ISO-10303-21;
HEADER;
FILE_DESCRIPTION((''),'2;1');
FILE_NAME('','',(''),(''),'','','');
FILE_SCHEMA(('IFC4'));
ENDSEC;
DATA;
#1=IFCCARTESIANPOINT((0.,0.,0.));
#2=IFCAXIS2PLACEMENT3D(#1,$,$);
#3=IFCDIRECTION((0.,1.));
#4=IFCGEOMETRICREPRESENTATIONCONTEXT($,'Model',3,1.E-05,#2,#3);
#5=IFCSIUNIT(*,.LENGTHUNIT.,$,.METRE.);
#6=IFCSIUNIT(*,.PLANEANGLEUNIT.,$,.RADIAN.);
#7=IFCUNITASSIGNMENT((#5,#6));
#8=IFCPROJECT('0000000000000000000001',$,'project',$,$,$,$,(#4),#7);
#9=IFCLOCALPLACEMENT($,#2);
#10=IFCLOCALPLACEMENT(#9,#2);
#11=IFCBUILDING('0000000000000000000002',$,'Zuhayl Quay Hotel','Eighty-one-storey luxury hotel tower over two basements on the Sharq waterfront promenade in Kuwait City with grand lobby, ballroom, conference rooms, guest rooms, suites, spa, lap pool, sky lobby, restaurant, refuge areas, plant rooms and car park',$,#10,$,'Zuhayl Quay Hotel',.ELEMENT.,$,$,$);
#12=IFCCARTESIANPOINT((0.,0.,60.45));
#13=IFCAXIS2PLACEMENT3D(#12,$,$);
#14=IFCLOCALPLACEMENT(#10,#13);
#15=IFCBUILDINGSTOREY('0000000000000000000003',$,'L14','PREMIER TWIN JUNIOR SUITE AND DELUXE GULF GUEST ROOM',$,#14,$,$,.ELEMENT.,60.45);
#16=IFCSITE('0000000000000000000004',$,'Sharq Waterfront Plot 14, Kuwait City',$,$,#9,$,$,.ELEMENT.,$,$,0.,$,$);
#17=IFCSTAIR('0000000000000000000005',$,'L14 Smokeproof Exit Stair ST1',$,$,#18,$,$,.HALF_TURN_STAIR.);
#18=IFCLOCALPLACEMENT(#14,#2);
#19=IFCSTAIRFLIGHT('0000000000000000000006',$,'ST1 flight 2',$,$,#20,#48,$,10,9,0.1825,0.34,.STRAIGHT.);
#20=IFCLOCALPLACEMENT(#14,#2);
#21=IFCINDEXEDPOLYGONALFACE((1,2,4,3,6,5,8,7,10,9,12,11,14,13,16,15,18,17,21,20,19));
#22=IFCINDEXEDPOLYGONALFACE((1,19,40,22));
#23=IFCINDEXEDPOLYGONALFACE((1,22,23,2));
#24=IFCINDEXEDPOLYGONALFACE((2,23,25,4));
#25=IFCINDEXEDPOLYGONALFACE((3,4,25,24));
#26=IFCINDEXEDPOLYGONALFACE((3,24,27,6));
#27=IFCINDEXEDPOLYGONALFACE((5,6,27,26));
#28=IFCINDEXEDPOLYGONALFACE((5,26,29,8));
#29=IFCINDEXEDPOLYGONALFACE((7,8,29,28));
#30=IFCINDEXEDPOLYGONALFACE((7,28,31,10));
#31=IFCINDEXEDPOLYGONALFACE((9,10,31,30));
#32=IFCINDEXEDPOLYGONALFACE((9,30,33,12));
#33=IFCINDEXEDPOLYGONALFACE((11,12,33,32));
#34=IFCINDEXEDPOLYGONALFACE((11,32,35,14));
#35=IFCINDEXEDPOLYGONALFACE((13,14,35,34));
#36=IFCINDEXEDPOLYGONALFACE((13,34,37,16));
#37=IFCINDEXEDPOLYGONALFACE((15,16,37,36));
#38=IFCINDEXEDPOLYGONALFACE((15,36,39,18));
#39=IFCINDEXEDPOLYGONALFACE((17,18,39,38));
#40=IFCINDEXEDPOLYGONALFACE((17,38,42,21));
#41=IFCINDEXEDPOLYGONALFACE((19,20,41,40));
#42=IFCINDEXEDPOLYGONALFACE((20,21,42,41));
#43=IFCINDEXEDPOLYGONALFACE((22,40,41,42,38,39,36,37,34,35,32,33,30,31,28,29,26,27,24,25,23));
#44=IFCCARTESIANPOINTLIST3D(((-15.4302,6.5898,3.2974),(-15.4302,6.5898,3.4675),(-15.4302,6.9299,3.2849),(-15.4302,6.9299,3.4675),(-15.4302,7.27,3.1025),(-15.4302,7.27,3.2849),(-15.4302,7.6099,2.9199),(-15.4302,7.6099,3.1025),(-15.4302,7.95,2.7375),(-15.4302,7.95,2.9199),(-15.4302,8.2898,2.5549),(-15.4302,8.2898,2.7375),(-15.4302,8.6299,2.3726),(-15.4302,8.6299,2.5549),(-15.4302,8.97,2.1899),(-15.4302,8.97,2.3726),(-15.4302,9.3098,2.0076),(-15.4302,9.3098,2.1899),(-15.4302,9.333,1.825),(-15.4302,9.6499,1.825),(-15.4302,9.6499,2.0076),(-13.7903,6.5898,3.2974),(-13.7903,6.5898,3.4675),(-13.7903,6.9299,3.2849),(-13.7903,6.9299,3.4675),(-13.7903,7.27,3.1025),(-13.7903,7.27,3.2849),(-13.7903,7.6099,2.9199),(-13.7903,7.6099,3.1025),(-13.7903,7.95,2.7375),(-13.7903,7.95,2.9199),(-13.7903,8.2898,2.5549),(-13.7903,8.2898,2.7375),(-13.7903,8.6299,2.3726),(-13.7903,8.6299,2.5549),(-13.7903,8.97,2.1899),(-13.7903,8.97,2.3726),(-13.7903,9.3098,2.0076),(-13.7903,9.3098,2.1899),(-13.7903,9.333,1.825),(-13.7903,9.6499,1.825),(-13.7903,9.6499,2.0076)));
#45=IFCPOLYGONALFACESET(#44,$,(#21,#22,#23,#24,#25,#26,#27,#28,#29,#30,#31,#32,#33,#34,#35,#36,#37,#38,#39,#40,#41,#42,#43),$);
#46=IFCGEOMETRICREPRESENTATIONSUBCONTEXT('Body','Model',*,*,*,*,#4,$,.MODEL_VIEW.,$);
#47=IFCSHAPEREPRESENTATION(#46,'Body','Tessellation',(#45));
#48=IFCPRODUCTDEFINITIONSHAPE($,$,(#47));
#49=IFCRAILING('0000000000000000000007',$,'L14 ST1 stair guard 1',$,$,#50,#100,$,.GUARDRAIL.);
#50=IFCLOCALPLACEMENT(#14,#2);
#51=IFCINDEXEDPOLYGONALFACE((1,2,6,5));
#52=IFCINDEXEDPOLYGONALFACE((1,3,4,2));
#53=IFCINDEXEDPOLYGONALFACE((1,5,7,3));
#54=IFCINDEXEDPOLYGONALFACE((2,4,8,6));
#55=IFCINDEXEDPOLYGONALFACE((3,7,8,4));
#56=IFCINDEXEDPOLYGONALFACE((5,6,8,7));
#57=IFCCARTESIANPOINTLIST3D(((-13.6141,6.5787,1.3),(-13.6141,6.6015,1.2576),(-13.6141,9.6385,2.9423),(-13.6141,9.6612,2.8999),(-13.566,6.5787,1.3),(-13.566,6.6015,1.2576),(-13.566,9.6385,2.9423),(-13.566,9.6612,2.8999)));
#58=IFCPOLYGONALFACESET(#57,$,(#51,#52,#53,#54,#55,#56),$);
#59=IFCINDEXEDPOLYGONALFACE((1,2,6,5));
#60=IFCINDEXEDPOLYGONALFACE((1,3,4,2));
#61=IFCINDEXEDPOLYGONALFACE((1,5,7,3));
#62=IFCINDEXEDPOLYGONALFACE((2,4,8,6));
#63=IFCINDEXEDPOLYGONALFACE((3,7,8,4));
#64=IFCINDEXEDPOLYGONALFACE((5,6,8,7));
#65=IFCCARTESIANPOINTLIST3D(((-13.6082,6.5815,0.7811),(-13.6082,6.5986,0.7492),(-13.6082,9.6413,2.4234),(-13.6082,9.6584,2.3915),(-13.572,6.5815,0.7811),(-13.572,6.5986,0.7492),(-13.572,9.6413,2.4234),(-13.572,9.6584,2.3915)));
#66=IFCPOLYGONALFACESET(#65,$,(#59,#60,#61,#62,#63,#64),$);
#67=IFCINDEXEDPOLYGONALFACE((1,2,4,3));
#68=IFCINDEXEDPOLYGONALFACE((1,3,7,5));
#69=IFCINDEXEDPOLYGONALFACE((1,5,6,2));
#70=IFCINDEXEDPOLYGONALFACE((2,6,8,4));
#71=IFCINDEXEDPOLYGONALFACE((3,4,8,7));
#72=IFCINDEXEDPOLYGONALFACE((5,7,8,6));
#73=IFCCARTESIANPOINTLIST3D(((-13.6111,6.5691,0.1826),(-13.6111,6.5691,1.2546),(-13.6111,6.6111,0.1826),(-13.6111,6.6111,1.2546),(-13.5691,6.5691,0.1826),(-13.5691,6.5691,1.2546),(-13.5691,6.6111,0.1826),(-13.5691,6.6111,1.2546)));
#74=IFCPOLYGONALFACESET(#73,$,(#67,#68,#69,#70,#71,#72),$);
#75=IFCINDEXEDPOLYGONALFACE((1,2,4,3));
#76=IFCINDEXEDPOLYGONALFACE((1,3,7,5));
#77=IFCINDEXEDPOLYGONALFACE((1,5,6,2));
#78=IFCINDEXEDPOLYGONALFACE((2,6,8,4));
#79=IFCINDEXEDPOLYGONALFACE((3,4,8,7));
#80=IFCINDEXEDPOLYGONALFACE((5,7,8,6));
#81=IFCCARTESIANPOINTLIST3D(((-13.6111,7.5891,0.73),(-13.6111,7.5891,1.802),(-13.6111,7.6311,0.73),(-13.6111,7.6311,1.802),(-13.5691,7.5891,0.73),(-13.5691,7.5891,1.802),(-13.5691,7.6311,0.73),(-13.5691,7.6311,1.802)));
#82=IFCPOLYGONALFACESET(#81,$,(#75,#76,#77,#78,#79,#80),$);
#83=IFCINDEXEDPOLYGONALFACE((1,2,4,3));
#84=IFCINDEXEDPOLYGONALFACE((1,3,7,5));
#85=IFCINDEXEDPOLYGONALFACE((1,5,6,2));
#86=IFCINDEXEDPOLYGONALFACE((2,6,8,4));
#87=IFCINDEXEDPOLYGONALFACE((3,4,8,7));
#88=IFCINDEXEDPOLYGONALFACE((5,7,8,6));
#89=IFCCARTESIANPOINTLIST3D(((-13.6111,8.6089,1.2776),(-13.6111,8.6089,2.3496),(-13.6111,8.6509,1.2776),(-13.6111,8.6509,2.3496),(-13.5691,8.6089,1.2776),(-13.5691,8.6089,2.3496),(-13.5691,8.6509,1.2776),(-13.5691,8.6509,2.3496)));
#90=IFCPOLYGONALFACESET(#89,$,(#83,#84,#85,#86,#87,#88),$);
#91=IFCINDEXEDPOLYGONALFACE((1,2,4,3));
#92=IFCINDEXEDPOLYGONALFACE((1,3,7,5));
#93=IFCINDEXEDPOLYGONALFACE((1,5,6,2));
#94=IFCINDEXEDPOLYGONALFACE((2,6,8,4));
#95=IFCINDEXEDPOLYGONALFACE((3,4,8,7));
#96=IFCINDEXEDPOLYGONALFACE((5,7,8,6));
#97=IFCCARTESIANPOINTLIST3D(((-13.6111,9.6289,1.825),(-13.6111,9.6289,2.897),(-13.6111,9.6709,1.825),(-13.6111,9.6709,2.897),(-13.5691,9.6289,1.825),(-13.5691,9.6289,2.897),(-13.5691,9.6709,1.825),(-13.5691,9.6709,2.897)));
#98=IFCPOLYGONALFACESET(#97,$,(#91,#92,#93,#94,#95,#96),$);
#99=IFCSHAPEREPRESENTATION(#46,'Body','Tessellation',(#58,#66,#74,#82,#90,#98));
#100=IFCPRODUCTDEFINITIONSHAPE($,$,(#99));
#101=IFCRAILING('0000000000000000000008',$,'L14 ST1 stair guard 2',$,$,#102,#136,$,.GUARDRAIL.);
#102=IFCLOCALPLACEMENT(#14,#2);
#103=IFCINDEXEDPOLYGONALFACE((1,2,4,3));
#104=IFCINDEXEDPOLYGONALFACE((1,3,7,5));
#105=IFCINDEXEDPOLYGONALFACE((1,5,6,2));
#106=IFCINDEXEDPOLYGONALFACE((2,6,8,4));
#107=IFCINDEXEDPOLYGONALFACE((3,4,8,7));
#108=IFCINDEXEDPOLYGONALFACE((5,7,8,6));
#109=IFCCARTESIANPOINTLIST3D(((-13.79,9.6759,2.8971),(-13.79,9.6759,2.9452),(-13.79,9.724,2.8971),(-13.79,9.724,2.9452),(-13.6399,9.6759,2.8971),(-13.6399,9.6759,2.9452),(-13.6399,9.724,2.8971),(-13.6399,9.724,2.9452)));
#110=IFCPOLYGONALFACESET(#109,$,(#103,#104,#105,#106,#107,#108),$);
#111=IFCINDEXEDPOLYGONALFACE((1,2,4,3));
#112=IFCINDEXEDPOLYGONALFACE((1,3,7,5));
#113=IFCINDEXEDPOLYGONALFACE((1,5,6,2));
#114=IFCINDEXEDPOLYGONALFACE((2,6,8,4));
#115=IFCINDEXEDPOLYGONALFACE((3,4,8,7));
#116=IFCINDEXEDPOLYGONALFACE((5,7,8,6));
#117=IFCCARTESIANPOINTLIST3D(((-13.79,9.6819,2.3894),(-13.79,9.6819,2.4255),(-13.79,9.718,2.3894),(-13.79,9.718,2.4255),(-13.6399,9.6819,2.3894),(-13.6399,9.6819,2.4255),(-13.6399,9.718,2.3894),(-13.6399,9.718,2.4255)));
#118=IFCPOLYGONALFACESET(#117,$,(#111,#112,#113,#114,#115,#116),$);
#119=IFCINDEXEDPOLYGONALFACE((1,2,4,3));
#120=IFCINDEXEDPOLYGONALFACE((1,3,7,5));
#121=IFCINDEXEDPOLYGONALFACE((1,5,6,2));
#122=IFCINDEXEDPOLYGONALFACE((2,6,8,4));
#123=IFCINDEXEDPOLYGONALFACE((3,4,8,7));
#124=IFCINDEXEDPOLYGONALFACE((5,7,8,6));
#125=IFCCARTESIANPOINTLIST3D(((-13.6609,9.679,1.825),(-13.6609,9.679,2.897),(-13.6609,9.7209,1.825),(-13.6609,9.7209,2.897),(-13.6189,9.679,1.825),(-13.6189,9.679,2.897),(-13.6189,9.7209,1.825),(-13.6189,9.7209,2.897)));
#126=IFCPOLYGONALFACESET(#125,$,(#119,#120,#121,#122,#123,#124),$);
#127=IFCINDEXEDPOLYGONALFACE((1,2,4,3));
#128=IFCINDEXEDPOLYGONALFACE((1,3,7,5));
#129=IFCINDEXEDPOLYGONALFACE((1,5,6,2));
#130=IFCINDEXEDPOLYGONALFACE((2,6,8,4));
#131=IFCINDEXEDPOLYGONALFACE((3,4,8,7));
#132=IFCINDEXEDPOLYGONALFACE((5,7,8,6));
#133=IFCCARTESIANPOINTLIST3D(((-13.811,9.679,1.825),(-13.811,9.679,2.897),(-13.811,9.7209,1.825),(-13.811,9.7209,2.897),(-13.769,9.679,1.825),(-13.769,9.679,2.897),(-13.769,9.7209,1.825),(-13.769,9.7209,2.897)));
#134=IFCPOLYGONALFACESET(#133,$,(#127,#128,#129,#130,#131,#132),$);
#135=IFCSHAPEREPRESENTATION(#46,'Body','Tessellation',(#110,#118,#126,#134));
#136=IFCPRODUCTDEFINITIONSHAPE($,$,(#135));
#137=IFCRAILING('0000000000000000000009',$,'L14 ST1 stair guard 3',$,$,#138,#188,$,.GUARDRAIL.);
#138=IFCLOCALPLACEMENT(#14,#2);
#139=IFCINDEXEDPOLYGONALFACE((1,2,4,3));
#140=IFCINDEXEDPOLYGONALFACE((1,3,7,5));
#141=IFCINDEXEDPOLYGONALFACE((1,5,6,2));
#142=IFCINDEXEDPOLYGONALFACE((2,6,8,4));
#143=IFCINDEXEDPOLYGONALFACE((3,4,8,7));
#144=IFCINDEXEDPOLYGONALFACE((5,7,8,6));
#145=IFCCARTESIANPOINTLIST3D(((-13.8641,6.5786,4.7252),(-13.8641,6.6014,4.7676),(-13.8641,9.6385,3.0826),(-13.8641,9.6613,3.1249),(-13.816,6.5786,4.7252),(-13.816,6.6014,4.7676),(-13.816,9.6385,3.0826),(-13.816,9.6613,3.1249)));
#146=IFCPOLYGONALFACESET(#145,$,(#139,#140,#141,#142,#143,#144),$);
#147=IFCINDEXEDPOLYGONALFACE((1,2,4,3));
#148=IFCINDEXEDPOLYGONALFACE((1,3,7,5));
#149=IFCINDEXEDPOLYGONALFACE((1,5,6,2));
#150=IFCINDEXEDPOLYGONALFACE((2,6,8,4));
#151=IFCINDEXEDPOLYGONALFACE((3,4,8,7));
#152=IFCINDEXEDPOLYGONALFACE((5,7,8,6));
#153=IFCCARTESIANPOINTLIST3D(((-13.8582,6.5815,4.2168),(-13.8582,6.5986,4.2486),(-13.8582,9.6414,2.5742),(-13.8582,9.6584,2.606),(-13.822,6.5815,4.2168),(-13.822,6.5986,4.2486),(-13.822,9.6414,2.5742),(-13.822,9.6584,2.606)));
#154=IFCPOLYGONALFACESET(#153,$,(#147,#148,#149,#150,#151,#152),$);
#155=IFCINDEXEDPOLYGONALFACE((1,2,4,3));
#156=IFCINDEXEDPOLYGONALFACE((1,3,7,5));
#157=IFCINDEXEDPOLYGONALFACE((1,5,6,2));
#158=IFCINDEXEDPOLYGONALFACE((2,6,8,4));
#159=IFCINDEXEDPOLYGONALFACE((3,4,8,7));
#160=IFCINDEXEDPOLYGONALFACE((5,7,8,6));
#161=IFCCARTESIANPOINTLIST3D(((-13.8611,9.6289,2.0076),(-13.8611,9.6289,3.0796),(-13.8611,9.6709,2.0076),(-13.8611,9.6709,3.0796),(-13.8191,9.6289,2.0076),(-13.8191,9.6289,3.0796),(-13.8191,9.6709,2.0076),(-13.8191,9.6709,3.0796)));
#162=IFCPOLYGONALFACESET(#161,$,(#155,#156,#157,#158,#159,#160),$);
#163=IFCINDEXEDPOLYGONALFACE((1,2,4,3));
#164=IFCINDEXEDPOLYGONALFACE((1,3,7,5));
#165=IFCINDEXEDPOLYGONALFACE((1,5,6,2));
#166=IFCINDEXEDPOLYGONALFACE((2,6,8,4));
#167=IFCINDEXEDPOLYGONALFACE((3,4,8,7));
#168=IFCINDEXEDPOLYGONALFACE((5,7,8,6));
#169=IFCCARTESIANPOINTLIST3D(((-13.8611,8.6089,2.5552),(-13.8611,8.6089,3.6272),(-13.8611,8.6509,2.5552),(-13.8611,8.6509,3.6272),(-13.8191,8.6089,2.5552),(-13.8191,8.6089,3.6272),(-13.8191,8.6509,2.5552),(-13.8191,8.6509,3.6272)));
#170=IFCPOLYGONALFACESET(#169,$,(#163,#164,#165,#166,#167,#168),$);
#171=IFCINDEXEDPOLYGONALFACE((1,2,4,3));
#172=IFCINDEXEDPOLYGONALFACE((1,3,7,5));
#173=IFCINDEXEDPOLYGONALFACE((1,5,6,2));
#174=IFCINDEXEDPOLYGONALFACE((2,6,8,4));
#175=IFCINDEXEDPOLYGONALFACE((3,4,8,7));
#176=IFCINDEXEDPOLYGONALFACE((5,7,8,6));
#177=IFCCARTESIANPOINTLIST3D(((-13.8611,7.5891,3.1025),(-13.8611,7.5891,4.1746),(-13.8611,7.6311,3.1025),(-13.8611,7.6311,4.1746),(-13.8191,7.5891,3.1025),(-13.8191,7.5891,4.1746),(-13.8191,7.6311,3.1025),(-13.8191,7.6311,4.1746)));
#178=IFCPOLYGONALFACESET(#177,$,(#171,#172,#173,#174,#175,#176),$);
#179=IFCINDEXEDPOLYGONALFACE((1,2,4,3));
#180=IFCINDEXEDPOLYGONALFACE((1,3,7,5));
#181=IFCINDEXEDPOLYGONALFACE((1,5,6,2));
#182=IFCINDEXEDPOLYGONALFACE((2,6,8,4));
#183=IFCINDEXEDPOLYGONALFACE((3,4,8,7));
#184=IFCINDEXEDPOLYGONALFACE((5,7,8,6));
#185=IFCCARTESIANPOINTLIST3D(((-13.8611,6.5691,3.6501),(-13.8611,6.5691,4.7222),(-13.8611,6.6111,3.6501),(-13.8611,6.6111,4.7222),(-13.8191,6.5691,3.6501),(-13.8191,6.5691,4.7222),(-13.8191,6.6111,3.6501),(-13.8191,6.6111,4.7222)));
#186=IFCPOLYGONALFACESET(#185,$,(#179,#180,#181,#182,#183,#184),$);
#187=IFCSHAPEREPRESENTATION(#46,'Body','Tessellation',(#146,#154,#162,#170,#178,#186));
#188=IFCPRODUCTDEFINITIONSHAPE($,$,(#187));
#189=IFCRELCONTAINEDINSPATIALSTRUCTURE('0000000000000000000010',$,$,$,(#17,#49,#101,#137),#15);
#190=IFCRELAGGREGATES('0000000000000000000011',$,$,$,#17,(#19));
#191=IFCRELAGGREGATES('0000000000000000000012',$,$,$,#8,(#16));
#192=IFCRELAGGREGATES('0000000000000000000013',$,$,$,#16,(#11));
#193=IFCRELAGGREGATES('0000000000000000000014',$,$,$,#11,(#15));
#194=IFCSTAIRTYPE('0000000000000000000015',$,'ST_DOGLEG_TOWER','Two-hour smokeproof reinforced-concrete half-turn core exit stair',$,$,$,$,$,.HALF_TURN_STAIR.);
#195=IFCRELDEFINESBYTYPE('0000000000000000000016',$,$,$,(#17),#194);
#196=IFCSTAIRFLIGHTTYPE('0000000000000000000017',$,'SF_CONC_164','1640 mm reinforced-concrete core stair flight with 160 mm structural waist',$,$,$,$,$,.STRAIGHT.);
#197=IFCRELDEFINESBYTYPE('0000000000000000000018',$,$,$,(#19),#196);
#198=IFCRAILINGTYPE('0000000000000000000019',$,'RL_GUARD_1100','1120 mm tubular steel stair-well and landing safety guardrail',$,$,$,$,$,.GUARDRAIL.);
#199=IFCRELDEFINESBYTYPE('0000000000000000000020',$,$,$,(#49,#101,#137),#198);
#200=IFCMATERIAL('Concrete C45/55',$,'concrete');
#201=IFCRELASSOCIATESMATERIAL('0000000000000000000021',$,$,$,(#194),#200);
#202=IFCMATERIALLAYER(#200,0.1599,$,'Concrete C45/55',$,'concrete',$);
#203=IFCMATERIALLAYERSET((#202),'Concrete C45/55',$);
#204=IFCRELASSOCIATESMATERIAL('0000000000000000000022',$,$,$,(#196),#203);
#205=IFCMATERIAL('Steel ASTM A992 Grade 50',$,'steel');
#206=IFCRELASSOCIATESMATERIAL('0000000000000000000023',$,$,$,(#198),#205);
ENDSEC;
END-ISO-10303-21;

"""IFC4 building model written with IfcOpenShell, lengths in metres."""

from ifc_helpers import new_model, si_unit, direction, frame, origin, origin_2d, place, context, subcontext, project, spatial, polyline, rectangle, outline, extrude, material, layer, layer_set, type_object, element, aggregate, save


model = new_model("IFC4")

# Units and contexts
model_context = context("Model", 3, precision=1e-05, world=origin(), true_north=direction((0.0, 1.0)))
body_context = subcontext(model_context, "Body", "Model", "MODEL_VIEW")
ifc_project = project(units=[si_unit("LENGTHUNIT", "METRE"), si_unit("PLANEANGLEUNIT", "RADIAN")], contexts=[model_context])

# Site, building, storey
site_placement = place(None, origin())
site = spatial("IfcSite", under=ifc_project, at=site_placement, Name="Sharq Waterfront Plot 14, Kuwait City", CompositionType="ELEMENT", RefElevation=0.0)
building_placement = place(site_placement, origin())
building = spatial("IfcBuilding", under=site, at=building_placement, Name="Zuhayl Quay Hotel", Description="Eighty-one-storey luxury hotel tower over two basements on the Sharq waterfront promenade in Kuwait City with grand lobby, ballroom, conference rooms, guest rooms, suites, spa, lap pool, sky lobby, restaurant, refuge areas, plant rooms and car park", LongName="Zuhayl Quay Hotel", CompositionType="ELEMENT")
storey_placement = place(building_placement, frame((0.0, 0.0, 60.45)))
storey = spatial("IfcBuildingStorey", under=building, at=storey_placement, Name="L14", Description="PREMIER TWIN JUNIOR SUITE AND DELUXE GULF GUEST ROOM", CompositionType="ELEMENT", Elevation=60.45)

# Shared definitions
ifc_material_1 = material(Name="Steel ASTM A992 Grade 50", Category="steel")

# Stair, stair flight
ifc_material_2 = material(Name="Concrete C45/55", Category="concrete")
stair_type = type_object("IfcStairType", Name="ST_DOGLEG_TOWER", Description="Two-hour smokeproof reinforced-concrete half-turn core exit stair", PredefinedType="HALF_TURN_STAIR", material=ifc_material_2)
stair_placement = place(storey_placement, origin())
stair = element("IfcStair", 1, at=stair_placement, inside=storey, type_object=stair_type, Name="L14 Smokeproof Exit Stair ST1", PredefinedType="HALF_TURN_STAIR")
ifc_layer_1 = layer(ifc_material_2, 0.1599, Name="Concrete C45/55", Category="concrete")
ifc_layer_set_1 = layer_set([ifc_layer_1], Name="Concrete C45/55")
stair_flight_type = type_object("IfcStairFlightType", Name="SF_CONC_164", Description="1640 mm reinforced-concrete core stair flight with 160 mm structural waist", PredefinedType="STRAIGHT", material=ifc_layer_set_1)
stair_flight_placement = place(storey_placement, frame((-14.6101, 9.6499, 1.825), z_axis=(0.0, 0.0, 1.0), x_axis=(0.0, -1.0, 0.0)))
stair_flight = element("IfcStairFlight", 2, at=stair_flight_placement, type_object=stair_flight_type, Name="ST1 flight 2", NumberOfRisers=10, NumberOfTreads=9, PredefinedType="STRAIGHT", RiserHeight=0.1825, TreadLength=0.34, context=body_context, shape_type="SweptSolid", body=[
    extrude(outline(polyline([(0.0, 0.0), (0.0, 0.1826), (0.3401, 0.1826), (0.3401, 0.365), (0.6799, 0.365), (0.6799, 0.5476), (1.02, 0.5476), (1.02, 0.73), (1.3601, 0.73), (1.3601, 0.9126), (1.7, 0.9126), (1.7, 1.095), (2.04, 1.095), (2.04, 1.2776), (2.3799, 1.2776), (2.3799, 1.46), (2.72, 1.46), (2.72, 1.6426), (3.0601, 1.6426), (3.0601, 1.825), (3.0601, 1.4724), (0.3169, 0.0), (0.0, 0.0)])), frame((0.0, 0.8198, 0.0), z_axis=(0.0, -1.0, 0.0), x_axis=(1.0, 0.0, 0.0)), (0.0, 0.0, 1.0), 1.6399),
])
aggregate(stair, [stair_flight])

# Railings
railing_type_1 = type_object("IfcRailingType", Name="RL_GUARD_1100", Description="1120 mm tubular steel stair-well and landing safety guardrail", PredefinedType="GUARDRAIL", material=ifc_material_1)
railing_1_placement = place(storey_placement, frame((-13.5901, 6.5901, 0.1826)))
element("IfcRailing", 3, at=railing_1_placement, inside=storey, type_object=railing_type_1, Name="L14 ST1 stair guard 1", PredefinedType="GUARDRAIL", context=body_context, shape_type="SweptSolid", body=[
    extrude(rectangle(XDim=0.0481, YDim=0.0481, at=origin_2d()), frame((0.0, 0.0, 1.0962), z_axis=(0.0, 0.881102, 0.472926), x_axis=(-1.0, 0.0, 0.0)), (0.0, 0.0, 1.0), 3.4727),
    extrude(rectangle(XDim=0.0361, YDim=0.0361, at=origin_2d()), frame((0.0, 0.0, 0.5825), z_axis=(0.0, 0.881102, 0.472926), x_axis=(-1.0, 0.0, 0.0)), (0.0, 0.0, 1.0), 3.4727),
    extrude(rectangle(XDim=0.042, YDim=0.042, at=origin_2d()), origin(), (0.0, 0.0, 1.0), 1.072),
    extrude(rectangle(XDim=0.042, YDim=0.042, at=origin_2d()), frame((0.0, 1.02, 0.5474)), (0.0, 0.0, 1.0), 1.072),
    extrude(rectangle(XDim=0.042, YDim=0.042, at=origin_2d()), frame((0.0, 2.0398, 1.095)), (0.0, 0.0, 1.0), 1.072),
    extrude(rectangle(XDim=0.042, YDim=0.042, at=origin_2d()), frame((0.0, 3.0598, 1.6423)), (0.0, 0.0, 1.0), 1.072),
])
railing_2_placement = place(storey_placement, frame((-13.6399, 9.7, 1.825)))
element("IfcRailing", 4, at=railing_2_placement, inside=storey, type_object=railing_type_1, Name="L14 ST1 stair guard 2", PredefinedType="GUARDRAIL", context=body_context, shape_type="SweptSolid", body=[
    extrude(rectangle(XDim=0.0481, YDim=0.0481, at=origin_2d()), frame((0.0, 0.0, 1.0962), z_axis=(-1.0, 0.0, 0.0), x_axis=(0.0, -1.0, 0.0)), (0.0, 0.0, 1.0), 0.1501),
    extrude(rectangle(XDim=0.0361, YDim=0.0361, at=origin_2d()), frame((0.0, 0.0, 0.5825), z_axis=(-1.0, 0.0, 0.0), x_axis=(0.0, -1.0, 0.0)), (0.0, 0.0, 1.0), 0.1501),
    extrude(rectangle(XDim=0.042, YDim=0.042, at=origin_2d()), origin(), (0.0, 0.0, 1.0), 1.072),
    extrude(rectangle(XDim=0.042, YDim=0.042, at=origin_2d()), frame((-0.1501, 0.0, 0.0)), (0.0, 0.0, 1.0), 1.072),
])
railing_3_placement = place(storey_placement, frame((-13.8401, 9.6499, 2.0076)))
element("IfcRailing", 5, at=railing_3_placement, inside=storey, type_object=railing_type_1, Name="L14 ST1 stair guard 3", PredefinedType="GUARDRAIL", context=body_context, shape_type="SweptSolid", body=[
    extrude(rectangle(XDim=0.0481, YDim=0.0481, at=origin_2d()), frame((0.0, 0.0, 1.0962), z_axis=(0.0, -0.881073, 0.47298), x_axis=(1.0, 0.0, 0.0)), (0.0, 0.0, 1.0), 3.4729),
    extrude(rectangle(XDim=0.0361, YDim=0.0361, at=origin_2d()), frame((0.0, 0.0, 0.5825), z_axis=(0.0, -0.881073, 0.47298), x_axis=(1.0, 0.0, 0.0)), (0.0, 0.0, 1.0), 3.4729),
    extrude(rectangle(XDim=0.042, YDim=0.042, at=origin_2d()), origin(), (0.0, 0.0, 1.0), 1.072),
    extrude(rectangle(XDim=0.042, YDim=0.042, at=origin_2d()), frame((0.0, -1.02, 0.5476)), (0.0, 0.0, 1.0), 1.072),
    extrude(rectangle(XDim=0.042, YDim=0.042, at=origin_2d()), frame((0.0, -2.0398, 1.095)), (0.0, 0.0, 1.0), 1.072),
    extrude(rectangle(XDim=0.042, YDim=0.042, at=origin_2d()), frame((0.0, -3.0598, 1.6426)), (0.0, 0.0, 1.0), 1.072),
])

save(model, "model.ifc")
